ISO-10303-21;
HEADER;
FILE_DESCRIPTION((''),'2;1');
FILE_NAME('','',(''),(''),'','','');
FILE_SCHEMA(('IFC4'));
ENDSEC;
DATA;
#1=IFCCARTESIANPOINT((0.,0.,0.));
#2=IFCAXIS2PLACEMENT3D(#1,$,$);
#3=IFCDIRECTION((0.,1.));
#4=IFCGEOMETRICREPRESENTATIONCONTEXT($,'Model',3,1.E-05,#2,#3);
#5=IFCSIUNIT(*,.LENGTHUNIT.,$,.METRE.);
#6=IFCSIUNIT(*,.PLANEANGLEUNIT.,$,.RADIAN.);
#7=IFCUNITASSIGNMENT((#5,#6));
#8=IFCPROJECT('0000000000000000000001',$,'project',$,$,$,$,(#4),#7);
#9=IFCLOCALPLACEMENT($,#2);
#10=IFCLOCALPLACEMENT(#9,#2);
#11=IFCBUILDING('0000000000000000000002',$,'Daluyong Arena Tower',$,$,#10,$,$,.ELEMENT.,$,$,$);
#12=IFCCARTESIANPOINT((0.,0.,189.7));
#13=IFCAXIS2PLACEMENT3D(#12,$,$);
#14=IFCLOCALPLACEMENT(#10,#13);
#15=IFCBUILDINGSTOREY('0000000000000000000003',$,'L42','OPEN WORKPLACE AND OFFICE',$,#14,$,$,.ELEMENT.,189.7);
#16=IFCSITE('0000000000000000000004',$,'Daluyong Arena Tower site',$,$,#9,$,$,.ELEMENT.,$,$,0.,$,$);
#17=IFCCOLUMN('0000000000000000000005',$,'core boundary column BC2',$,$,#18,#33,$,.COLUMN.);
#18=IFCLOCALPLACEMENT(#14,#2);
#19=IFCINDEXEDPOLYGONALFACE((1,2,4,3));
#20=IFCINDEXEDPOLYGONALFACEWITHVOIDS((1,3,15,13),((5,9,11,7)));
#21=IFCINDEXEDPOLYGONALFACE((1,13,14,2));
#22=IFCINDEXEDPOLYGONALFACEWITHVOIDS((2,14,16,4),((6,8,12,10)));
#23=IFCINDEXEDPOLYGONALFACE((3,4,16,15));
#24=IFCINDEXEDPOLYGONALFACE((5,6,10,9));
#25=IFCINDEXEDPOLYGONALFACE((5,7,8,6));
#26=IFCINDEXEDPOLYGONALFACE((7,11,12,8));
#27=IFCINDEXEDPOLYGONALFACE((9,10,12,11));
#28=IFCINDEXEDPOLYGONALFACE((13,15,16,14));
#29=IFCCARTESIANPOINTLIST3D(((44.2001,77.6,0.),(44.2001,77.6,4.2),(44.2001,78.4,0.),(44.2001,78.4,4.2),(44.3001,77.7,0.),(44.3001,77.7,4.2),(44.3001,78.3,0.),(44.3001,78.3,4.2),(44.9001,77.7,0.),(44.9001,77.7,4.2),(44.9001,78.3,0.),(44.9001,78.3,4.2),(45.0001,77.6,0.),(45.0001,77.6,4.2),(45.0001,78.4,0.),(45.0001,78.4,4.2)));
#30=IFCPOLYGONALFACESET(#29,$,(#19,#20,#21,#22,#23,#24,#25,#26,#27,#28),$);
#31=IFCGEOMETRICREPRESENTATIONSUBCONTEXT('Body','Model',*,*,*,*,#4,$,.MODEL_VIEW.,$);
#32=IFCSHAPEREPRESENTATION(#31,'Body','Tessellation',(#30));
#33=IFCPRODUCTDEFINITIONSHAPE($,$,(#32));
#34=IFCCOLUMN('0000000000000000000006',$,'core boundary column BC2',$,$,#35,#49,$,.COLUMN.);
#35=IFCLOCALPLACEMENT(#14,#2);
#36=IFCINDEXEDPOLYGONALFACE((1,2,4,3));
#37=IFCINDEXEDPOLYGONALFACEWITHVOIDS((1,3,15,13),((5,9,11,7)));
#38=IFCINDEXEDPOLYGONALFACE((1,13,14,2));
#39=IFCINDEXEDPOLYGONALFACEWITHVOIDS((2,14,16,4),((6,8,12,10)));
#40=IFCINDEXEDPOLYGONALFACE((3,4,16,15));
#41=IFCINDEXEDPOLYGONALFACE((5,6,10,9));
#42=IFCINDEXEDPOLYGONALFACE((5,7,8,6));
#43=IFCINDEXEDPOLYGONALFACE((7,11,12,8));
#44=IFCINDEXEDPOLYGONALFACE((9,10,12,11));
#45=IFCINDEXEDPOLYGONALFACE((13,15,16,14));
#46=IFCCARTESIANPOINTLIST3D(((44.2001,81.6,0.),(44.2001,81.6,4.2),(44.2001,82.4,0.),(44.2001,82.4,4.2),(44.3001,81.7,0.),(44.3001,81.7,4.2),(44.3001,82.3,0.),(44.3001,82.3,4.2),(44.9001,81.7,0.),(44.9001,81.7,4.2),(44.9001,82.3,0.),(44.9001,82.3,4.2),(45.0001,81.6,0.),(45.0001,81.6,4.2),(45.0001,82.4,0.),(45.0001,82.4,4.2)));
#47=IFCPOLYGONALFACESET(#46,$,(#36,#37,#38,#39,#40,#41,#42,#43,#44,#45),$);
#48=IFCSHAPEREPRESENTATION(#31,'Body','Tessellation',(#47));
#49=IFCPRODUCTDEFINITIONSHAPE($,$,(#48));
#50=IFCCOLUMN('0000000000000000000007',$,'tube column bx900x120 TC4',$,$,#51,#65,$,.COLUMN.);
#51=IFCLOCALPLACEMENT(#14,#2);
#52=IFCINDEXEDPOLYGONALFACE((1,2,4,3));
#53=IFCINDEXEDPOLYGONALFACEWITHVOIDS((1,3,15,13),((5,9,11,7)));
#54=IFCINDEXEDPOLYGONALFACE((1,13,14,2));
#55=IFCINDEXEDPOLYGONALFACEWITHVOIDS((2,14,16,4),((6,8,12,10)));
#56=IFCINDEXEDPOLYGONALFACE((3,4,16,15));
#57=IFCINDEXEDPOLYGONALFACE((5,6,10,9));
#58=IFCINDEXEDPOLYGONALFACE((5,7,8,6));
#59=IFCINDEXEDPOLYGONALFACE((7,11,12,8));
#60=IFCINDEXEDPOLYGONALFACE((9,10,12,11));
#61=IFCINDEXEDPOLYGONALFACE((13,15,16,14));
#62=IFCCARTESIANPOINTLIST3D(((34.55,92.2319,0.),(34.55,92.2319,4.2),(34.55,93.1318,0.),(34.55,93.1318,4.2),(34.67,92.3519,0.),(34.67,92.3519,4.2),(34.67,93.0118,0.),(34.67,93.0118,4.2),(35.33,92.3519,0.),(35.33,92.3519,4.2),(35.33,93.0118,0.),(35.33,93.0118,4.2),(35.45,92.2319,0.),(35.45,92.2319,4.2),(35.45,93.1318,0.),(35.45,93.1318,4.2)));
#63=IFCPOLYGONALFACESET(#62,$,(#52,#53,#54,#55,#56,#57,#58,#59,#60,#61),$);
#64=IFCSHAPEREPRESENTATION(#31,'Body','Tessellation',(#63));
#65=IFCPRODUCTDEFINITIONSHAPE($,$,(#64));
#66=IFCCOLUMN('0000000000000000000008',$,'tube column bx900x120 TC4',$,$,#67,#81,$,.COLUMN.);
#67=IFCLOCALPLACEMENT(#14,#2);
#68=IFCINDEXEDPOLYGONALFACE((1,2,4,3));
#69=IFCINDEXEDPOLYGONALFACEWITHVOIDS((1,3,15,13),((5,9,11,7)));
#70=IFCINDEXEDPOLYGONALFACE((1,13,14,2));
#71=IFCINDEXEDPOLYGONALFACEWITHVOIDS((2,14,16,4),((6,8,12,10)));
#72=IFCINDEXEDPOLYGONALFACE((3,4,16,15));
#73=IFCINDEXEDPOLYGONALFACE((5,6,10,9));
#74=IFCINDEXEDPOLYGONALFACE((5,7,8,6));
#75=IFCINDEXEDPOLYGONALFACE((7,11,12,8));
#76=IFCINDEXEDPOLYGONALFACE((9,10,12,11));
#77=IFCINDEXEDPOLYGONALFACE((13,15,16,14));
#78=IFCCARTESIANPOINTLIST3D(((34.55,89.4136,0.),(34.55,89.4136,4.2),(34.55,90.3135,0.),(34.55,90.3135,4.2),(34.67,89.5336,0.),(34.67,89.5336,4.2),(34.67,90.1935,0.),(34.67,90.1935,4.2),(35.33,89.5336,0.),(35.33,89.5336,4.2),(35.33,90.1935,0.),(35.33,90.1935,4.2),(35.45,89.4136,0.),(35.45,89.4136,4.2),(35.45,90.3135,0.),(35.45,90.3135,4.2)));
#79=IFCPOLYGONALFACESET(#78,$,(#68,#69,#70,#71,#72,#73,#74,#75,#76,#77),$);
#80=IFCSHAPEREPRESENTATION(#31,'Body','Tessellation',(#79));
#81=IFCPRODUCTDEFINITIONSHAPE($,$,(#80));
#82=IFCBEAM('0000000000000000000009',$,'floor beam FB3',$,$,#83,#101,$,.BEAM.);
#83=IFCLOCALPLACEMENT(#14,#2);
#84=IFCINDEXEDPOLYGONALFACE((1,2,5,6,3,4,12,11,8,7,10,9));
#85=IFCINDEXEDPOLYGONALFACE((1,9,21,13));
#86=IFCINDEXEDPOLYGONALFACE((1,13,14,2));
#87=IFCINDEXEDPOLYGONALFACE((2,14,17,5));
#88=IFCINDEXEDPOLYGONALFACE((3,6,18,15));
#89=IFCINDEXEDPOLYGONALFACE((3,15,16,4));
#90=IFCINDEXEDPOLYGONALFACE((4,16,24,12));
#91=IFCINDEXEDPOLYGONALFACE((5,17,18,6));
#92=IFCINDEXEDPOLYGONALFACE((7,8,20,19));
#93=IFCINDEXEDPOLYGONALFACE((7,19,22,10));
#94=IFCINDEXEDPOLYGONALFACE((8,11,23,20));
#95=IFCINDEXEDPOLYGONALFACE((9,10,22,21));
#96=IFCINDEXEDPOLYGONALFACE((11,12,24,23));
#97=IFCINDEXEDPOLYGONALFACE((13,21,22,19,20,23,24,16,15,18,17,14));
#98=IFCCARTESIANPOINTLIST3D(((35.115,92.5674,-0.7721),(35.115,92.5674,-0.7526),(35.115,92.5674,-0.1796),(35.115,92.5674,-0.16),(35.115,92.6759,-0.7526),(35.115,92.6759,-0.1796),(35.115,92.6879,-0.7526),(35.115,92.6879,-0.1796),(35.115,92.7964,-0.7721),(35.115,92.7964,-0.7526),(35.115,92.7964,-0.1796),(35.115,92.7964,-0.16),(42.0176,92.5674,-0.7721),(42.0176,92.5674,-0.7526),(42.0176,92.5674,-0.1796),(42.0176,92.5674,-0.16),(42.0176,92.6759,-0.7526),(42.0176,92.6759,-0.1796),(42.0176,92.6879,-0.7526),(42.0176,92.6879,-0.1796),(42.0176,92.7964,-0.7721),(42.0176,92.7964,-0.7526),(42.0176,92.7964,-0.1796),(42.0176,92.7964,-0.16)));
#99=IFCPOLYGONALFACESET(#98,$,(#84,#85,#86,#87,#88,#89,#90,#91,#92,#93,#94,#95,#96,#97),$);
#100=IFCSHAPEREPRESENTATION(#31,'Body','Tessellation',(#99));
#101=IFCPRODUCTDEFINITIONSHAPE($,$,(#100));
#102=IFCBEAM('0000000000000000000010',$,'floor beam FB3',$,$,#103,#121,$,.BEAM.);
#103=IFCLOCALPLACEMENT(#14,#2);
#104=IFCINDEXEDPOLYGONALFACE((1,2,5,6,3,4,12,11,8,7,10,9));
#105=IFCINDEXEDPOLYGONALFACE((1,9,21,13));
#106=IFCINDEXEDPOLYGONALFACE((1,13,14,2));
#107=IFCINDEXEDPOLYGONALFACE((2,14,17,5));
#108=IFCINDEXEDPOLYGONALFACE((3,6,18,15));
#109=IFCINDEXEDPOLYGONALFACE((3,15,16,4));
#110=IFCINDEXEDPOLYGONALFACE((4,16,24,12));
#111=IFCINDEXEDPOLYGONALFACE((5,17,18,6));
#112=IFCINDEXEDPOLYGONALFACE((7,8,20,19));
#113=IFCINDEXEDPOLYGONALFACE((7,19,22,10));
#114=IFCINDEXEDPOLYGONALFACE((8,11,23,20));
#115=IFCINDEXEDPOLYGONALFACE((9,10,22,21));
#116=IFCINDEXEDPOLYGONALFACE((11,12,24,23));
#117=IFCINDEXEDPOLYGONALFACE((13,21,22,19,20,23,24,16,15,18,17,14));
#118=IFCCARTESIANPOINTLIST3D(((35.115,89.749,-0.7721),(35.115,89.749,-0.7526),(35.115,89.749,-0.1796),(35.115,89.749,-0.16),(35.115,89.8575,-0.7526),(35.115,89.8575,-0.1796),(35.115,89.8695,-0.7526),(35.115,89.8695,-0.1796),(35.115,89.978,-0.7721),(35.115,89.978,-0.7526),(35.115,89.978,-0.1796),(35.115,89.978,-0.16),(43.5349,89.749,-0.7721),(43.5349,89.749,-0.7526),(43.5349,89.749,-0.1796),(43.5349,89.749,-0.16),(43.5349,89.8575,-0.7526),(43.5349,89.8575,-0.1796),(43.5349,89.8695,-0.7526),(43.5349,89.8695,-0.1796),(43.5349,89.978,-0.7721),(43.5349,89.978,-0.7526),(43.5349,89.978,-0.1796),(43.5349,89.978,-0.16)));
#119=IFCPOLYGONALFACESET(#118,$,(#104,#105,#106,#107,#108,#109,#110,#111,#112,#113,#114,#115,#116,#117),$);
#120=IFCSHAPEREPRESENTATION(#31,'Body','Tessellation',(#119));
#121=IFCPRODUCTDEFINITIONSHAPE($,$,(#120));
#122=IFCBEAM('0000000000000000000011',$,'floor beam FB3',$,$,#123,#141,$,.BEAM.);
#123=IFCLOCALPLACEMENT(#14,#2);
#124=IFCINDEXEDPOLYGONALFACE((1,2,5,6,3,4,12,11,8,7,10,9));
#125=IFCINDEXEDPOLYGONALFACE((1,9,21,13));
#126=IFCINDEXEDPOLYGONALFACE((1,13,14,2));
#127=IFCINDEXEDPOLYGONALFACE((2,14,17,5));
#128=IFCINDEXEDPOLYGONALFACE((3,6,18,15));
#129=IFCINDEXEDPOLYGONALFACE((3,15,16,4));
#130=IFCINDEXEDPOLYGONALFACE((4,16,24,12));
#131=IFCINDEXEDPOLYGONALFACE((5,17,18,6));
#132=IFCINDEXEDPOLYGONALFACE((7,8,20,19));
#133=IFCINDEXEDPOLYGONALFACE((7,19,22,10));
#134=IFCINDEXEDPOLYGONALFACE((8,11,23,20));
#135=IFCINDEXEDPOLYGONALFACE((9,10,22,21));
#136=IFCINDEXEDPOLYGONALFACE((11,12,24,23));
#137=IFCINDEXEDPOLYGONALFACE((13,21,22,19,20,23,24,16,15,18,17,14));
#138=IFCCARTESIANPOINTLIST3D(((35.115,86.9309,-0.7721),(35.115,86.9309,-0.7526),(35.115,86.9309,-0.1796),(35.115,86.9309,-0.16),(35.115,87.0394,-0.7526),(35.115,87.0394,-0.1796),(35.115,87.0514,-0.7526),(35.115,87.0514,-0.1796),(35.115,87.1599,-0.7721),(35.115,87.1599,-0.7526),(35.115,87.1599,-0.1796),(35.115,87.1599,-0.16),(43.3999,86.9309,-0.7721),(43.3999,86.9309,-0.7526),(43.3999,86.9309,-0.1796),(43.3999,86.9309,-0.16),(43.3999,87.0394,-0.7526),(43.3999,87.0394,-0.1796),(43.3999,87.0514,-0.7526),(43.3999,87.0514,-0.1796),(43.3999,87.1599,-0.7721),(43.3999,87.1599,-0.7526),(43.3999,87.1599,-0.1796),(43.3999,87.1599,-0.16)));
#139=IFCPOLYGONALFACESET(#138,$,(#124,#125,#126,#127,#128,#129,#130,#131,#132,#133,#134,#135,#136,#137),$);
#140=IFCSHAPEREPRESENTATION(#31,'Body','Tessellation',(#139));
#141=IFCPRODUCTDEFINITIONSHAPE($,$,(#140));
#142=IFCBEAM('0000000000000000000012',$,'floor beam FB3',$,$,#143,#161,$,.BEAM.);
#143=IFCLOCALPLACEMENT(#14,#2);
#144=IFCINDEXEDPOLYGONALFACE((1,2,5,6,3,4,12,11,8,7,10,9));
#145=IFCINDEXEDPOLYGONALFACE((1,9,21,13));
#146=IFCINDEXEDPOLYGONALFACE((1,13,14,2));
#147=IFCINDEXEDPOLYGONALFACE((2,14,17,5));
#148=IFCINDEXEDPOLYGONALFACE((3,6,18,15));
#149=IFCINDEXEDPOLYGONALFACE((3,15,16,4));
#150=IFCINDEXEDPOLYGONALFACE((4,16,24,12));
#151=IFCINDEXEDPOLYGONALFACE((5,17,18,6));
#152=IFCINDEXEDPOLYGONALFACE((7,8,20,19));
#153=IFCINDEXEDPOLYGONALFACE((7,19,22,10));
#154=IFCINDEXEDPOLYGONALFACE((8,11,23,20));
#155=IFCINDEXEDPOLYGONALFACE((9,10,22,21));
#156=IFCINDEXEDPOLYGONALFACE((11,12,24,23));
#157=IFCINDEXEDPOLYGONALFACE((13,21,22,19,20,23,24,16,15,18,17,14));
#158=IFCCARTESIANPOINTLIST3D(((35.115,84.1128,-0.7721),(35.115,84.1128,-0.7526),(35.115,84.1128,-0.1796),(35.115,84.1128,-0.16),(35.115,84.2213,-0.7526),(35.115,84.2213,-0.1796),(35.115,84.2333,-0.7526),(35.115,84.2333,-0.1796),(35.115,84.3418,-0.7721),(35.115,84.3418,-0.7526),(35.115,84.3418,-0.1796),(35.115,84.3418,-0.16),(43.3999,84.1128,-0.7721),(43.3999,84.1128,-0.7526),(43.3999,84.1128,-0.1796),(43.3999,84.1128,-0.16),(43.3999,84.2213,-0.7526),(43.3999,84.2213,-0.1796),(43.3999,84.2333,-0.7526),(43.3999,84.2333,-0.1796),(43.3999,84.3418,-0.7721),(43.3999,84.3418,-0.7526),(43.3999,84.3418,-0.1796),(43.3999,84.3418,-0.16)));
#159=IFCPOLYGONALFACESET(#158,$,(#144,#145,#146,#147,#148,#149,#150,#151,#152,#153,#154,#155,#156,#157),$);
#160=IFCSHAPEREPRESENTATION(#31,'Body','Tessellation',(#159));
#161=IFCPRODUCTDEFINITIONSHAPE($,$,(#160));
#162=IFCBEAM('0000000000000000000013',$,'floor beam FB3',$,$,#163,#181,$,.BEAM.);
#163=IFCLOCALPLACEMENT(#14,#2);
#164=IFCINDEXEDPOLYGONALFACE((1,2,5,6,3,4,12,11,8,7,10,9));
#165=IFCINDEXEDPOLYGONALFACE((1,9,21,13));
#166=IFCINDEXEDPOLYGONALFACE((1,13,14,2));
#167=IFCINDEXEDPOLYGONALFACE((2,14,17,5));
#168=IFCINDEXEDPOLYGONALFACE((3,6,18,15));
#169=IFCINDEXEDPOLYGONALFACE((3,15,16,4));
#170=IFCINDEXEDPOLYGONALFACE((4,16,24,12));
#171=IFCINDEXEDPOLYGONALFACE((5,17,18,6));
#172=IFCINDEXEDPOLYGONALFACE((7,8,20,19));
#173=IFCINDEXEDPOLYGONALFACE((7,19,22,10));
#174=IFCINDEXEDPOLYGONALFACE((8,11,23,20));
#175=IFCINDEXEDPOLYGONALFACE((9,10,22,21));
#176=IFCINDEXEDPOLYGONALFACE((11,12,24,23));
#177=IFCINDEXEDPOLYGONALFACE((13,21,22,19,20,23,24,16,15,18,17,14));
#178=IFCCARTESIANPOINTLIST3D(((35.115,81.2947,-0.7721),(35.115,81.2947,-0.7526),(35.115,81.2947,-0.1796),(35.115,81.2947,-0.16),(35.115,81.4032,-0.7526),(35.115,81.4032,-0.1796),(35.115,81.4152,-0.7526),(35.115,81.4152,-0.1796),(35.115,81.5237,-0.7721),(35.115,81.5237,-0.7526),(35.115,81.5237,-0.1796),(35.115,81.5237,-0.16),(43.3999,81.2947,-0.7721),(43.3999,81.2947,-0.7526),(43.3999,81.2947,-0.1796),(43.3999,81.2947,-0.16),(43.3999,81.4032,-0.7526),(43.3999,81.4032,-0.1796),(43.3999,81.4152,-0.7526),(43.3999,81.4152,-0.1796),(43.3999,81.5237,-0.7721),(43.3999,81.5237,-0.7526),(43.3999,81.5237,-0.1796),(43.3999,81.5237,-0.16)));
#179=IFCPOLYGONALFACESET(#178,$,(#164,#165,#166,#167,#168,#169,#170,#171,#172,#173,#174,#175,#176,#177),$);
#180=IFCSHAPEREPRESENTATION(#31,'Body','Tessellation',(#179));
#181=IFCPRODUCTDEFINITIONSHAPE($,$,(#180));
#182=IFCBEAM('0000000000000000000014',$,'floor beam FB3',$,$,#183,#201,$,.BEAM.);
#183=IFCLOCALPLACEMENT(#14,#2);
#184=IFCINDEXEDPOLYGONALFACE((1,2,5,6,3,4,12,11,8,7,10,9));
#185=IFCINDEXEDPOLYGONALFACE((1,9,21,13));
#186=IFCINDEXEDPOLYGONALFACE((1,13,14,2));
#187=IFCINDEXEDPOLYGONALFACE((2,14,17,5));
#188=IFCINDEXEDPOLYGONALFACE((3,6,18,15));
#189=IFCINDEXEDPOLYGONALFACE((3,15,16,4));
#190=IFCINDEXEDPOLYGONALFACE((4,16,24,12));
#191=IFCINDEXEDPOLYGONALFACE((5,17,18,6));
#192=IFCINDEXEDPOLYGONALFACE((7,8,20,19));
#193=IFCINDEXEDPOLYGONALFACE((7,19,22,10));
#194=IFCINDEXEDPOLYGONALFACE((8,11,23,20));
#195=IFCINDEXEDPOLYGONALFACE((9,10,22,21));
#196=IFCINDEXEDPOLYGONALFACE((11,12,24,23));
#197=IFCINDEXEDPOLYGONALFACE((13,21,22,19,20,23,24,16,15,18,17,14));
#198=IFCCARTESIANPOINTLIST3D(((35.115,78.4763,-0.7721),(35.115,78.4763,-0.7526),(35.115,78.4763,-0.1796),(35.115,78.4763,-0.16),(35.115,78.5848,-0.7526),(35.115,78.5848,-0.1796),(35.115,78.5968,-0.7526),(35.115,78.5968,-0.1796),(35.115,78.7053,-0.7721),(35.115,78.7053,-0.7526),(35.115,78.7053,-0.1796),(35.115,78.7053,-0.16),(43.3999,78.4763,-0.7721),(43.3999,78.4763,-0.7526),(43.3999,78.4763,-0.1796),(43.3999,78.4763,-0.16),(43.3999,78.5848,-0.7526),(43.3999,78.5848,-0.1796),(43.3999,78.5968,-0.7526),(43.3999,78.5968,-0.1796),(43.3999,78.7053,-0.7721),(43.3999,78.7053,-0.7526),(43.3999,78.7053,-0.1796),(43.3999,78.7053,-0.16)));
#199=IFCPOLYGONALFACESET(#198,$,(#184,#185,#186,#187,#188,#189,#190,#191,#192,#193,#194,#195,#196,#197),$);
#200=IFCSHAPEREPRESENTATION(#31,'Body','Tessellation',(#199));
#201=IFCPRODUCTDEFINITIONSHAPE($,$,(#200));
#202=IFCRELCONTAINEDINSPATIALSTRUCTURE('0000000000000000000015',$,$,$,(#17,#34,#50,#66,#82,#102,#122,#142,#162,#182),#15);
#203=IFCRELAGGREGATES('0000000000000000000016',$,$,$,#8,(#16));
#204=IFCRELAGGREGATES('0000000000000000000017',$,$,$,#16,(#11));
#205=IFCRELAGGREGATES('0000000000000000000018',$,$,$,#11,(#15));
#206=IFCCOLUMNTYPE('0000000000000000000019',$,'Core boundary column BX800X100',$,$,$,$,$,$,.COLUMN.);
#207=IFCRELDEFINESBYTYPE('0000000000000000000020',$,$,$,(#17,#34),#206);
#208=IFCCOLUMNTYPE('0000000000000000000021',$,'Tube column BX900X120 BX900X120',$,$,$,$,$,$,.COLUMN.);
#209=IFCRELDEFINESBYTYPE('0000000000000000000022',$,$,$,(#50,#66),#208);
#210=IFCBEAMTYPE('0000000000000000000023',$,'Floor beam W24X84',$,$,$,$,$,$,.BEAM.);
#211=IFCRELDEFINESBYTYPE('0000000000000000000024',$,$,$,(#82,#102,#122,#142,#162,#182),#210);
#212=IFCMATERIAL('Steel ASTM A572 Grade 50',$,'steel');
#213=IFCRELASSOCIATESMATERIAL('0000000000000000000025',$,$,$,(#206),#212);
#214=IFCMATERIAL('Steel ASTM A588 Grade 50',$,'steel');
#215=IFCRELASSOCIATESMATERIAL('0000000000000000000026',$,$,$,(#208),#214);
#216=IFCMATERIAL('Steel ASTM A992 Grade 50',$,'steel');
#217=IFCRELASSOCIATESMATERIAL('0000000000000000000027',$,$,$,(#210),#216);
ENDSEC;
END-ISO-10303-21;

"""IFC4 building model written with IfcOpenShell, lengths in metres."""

from ifc_helpers import new_model, si_unit, direction, frame, origin, origin_2d, place, context, subcontext, project, spatial, hollow_rectangle, i_section, extrude, material, material_profile, profile_set, type_object, element, save


model = new_model("IFC4")

# Units and contexts
model_context = context("Model", 3, precision=1e-05, world=origin(), true_north=direction((0.0, 1.0)))
body_context = subcontext(model_context, "Body", "Model", "MODEL_VIEW")
ifc_project = project(units=[si_unit("LENGTHUNIT", "METRE"), si_unit("PLANEANGLEUNIT", "RADIAN")], contexts=[model_context])

# Site, building, storey
site_placement = place(None, origin())
site = spatial("IfcSite", under=ifc_project, at=site_placement, Name="Daluyong Arena Tower site", CompositionType="ELEMENT", RefElevation=0.0)
building_placement = place(site_placement, origin())
building = spatial("IfcBuilding", under=site, at=building_placement, Name="Daluyong Arena Tower", CompositionType="ELEMENT")
storey_placement = place(building_placement, frame((0.0, 0.0, 189.7)))
storey = spatial("IfcBuildingStorey", under=building, at=storey_placement, Name="L42", Description="OPEN WORKPLACE AND OFFICE", CompositionType="ELEMENT", Elevation=189.7)

# Columns
ifc_material_1 = material(Name="Steel ASTM A572 Grade 50", Category="steel")
ifc_material_profile_1 = material_profile(ifc_material_1, hollow_rectangle(XDim=0.8, YDim=0.8, WallThickness=0.1, at=origin_2d()))
ifc_profile_set_1 = profile_set([ifc_material_profile_1], Name="Steel ASTM A572 Grade 50")
column_type_1 = type_object("IfcColumnType", Name="Core boundary column BX800X100", PredefinedType="COLUMN", material=ifc_profile_set_1)
for number, where, z_axis, x_axis, name in (
    (1, (44.6001, 78.0, 0.0), (0.0, 0.0, 1.0), (1.0, 0.0, 0.0), "core boundary column BC2"),
    (2, (44.6001, 82.0, 0.0), (0.0, 0.0, 1.0), (1.0, 0.0, 0.0), "core boundary column BC2"),
):
    element("IfcColumn", number, at=place(storey_placement, frame(where, z_axis=z_axis, x_axis=x_axis)), inside=storey, type_object=column_type_1, Name=name, PredefinedType="COLUMN", context=body_context, shape_type="SweptSolid", body=[
        extrude(hollow_rectangle(XDim=0.8, YDim=0.8, WallThickness=0.1, at=origin_2d()), origin(), (0.0, 0.0, 1.0), 4.2),
    ])
ifc_material_2 = material(Name="Steel ASTM A588 Grade 50", Category="steel")
ifc_material_profile_2 = material_profile(ifc_material_2, hollow_rectangle(XDim=0.8999, YDim=0.8999, WallThickness=0.12, at=origin_2d()))
ifc_profile_set_2 = profile_set([ifc_material_profile_2], Name="Steel ASTM A588 Grade 50")
column_type_2 = type_object("IfcColumnType", Name="Tube column BX900X120 BX900X120", PredefinedType="COLUMN", material=ifc_profile_set_2)
for number, where, z_axis, x_axis, name in (
    (3, (35.0, 92.6819, 0.0), (0.0, 0.0, 1.0), (0.0, 1.0, 0.0), "tube column bx900x120 TC4"),
    (4, (35.0, 89.8635, 0.0), (0.0, 0.0, 1.0), (0.0, 1.0, 0.0), "tube column bx900x120 TC4"),
):
    element("IfcColumn", number, at=place(storey_placement, frame(where, z_axis=z_axis, x_axis=x_axis)), inside=storey, type_object=column_type_2, Name=name, PredefinedType="COLUMN", context=body_context, shape_type="SweptSolid", body=[
        extrude(hollow_rectangle(XDim=0.8999, YDim=0.8999, WallThickness=0.12, at=origin_2d()), origin(), (0.0, 0.0, 1.0), 4.2),
    ])

# Beams
ifc_material_3 = material(Name="Steel ASTM A992 Grade 50", Category="steel")
ifc_material_profile_3 = material_profile(ifc_material_3, i_section(OverallWidth=0.229, OverallDepth=0.6121, WebThickness=0.012, FlangeThickness=0.0195, at=origin_2d()))
ifc_profile_set_3 = profile_set([ifc_material_profile_3], Name="Steel ASTM A992 Grade 50")
beam_type_1 = type_object("IfcBeamType", Name="Floor beam W24X84", PredefinedType="BEAM", material=ifc_profile_set_3)
beam_1_placement = place(storey_placement, frame((35.115, 92.6819, -0.4661), z_axis=(1.0, 0.0, 0.0), x_axis=(0.0, 1.0, 0.0)))
element("IfcBeam", 5, at=beam_1_placement, inside=storey, type_object=beam_type_1, Name="floor beam FB3", PredefinedType="BEAM", context=body_context, shape_type="SweptSolid", body=[
    extrude(i_section(OverallWidth=0.229, OverallDepth=0.6121, WebThickness=0.012, FlangeThickness=0.0195, at=origin_2d()), origin(), (0.0, 0.0, 1.0), 6.9026),
])
beam_2_placement = place(storey_placement, frame((35.115, 89.8635, -0.4661), z_axis=(1.0, 0.0, 0.0), x_axis=(0.0, 1.0, 0.0)))
element("IfcBeam", 6, at=beam_2_placement, inside=storey, type_object=beam_type_1, Name="floor beam FB3", PredefinedType="BEAM", context=body_context, shape_type="SweptSolid", body=[
    extrude(i_section(OverallWidth=0.229, OverallDepth=0.6121, WebThickness=0.012, FlangeThickness=0.0195, at=origin_2d()), origin(), (0.0, 0.0, 1.0), 8.4199),
])
for number, where, z_axis, x_axis, name in (
    (7, (35.115, 87.0454, -0.4661), (1.0, 0.0, 0.0), (0.0, 1.0, 0.0), "floor beam FB3"),
    (8, (35.115, 84.2273, -0.4661), (1.0, 0.0, 0.0), (0.0, 1.0, 0.0), "floor beam FB3"),
    (9, (35.115, 81.4092, -0.4661), (1.0, 0.0, 0.0), (0.0, 1.0, 0.0), "floor beam FB3"),
    (10, (35.115, 78.5908, -0.4661), (1.0, 0.0, 0.0), (0.0, 1.0, 0.0), "floor beam FB3"),
):
    element("IfcBeam", number, at=place(storey_placement, frame(where, z_axis=z_axis, x_axis=x_axis)), inside=storey, type_object=beam_type_1, Name=name, PredefinedType="BEAM", context=body_context, shape_type="SweptSolid", body=[
        extrude(i_section(OverallWidth=0.229, OverallDepth=0.6121, WebThickness=0.012, FlangeThickness=0.0195, at=origin_2d()), origin(), (0.0, 0.0, 1.0), 8.2849),
    ])

save(model, "model.ifc")
